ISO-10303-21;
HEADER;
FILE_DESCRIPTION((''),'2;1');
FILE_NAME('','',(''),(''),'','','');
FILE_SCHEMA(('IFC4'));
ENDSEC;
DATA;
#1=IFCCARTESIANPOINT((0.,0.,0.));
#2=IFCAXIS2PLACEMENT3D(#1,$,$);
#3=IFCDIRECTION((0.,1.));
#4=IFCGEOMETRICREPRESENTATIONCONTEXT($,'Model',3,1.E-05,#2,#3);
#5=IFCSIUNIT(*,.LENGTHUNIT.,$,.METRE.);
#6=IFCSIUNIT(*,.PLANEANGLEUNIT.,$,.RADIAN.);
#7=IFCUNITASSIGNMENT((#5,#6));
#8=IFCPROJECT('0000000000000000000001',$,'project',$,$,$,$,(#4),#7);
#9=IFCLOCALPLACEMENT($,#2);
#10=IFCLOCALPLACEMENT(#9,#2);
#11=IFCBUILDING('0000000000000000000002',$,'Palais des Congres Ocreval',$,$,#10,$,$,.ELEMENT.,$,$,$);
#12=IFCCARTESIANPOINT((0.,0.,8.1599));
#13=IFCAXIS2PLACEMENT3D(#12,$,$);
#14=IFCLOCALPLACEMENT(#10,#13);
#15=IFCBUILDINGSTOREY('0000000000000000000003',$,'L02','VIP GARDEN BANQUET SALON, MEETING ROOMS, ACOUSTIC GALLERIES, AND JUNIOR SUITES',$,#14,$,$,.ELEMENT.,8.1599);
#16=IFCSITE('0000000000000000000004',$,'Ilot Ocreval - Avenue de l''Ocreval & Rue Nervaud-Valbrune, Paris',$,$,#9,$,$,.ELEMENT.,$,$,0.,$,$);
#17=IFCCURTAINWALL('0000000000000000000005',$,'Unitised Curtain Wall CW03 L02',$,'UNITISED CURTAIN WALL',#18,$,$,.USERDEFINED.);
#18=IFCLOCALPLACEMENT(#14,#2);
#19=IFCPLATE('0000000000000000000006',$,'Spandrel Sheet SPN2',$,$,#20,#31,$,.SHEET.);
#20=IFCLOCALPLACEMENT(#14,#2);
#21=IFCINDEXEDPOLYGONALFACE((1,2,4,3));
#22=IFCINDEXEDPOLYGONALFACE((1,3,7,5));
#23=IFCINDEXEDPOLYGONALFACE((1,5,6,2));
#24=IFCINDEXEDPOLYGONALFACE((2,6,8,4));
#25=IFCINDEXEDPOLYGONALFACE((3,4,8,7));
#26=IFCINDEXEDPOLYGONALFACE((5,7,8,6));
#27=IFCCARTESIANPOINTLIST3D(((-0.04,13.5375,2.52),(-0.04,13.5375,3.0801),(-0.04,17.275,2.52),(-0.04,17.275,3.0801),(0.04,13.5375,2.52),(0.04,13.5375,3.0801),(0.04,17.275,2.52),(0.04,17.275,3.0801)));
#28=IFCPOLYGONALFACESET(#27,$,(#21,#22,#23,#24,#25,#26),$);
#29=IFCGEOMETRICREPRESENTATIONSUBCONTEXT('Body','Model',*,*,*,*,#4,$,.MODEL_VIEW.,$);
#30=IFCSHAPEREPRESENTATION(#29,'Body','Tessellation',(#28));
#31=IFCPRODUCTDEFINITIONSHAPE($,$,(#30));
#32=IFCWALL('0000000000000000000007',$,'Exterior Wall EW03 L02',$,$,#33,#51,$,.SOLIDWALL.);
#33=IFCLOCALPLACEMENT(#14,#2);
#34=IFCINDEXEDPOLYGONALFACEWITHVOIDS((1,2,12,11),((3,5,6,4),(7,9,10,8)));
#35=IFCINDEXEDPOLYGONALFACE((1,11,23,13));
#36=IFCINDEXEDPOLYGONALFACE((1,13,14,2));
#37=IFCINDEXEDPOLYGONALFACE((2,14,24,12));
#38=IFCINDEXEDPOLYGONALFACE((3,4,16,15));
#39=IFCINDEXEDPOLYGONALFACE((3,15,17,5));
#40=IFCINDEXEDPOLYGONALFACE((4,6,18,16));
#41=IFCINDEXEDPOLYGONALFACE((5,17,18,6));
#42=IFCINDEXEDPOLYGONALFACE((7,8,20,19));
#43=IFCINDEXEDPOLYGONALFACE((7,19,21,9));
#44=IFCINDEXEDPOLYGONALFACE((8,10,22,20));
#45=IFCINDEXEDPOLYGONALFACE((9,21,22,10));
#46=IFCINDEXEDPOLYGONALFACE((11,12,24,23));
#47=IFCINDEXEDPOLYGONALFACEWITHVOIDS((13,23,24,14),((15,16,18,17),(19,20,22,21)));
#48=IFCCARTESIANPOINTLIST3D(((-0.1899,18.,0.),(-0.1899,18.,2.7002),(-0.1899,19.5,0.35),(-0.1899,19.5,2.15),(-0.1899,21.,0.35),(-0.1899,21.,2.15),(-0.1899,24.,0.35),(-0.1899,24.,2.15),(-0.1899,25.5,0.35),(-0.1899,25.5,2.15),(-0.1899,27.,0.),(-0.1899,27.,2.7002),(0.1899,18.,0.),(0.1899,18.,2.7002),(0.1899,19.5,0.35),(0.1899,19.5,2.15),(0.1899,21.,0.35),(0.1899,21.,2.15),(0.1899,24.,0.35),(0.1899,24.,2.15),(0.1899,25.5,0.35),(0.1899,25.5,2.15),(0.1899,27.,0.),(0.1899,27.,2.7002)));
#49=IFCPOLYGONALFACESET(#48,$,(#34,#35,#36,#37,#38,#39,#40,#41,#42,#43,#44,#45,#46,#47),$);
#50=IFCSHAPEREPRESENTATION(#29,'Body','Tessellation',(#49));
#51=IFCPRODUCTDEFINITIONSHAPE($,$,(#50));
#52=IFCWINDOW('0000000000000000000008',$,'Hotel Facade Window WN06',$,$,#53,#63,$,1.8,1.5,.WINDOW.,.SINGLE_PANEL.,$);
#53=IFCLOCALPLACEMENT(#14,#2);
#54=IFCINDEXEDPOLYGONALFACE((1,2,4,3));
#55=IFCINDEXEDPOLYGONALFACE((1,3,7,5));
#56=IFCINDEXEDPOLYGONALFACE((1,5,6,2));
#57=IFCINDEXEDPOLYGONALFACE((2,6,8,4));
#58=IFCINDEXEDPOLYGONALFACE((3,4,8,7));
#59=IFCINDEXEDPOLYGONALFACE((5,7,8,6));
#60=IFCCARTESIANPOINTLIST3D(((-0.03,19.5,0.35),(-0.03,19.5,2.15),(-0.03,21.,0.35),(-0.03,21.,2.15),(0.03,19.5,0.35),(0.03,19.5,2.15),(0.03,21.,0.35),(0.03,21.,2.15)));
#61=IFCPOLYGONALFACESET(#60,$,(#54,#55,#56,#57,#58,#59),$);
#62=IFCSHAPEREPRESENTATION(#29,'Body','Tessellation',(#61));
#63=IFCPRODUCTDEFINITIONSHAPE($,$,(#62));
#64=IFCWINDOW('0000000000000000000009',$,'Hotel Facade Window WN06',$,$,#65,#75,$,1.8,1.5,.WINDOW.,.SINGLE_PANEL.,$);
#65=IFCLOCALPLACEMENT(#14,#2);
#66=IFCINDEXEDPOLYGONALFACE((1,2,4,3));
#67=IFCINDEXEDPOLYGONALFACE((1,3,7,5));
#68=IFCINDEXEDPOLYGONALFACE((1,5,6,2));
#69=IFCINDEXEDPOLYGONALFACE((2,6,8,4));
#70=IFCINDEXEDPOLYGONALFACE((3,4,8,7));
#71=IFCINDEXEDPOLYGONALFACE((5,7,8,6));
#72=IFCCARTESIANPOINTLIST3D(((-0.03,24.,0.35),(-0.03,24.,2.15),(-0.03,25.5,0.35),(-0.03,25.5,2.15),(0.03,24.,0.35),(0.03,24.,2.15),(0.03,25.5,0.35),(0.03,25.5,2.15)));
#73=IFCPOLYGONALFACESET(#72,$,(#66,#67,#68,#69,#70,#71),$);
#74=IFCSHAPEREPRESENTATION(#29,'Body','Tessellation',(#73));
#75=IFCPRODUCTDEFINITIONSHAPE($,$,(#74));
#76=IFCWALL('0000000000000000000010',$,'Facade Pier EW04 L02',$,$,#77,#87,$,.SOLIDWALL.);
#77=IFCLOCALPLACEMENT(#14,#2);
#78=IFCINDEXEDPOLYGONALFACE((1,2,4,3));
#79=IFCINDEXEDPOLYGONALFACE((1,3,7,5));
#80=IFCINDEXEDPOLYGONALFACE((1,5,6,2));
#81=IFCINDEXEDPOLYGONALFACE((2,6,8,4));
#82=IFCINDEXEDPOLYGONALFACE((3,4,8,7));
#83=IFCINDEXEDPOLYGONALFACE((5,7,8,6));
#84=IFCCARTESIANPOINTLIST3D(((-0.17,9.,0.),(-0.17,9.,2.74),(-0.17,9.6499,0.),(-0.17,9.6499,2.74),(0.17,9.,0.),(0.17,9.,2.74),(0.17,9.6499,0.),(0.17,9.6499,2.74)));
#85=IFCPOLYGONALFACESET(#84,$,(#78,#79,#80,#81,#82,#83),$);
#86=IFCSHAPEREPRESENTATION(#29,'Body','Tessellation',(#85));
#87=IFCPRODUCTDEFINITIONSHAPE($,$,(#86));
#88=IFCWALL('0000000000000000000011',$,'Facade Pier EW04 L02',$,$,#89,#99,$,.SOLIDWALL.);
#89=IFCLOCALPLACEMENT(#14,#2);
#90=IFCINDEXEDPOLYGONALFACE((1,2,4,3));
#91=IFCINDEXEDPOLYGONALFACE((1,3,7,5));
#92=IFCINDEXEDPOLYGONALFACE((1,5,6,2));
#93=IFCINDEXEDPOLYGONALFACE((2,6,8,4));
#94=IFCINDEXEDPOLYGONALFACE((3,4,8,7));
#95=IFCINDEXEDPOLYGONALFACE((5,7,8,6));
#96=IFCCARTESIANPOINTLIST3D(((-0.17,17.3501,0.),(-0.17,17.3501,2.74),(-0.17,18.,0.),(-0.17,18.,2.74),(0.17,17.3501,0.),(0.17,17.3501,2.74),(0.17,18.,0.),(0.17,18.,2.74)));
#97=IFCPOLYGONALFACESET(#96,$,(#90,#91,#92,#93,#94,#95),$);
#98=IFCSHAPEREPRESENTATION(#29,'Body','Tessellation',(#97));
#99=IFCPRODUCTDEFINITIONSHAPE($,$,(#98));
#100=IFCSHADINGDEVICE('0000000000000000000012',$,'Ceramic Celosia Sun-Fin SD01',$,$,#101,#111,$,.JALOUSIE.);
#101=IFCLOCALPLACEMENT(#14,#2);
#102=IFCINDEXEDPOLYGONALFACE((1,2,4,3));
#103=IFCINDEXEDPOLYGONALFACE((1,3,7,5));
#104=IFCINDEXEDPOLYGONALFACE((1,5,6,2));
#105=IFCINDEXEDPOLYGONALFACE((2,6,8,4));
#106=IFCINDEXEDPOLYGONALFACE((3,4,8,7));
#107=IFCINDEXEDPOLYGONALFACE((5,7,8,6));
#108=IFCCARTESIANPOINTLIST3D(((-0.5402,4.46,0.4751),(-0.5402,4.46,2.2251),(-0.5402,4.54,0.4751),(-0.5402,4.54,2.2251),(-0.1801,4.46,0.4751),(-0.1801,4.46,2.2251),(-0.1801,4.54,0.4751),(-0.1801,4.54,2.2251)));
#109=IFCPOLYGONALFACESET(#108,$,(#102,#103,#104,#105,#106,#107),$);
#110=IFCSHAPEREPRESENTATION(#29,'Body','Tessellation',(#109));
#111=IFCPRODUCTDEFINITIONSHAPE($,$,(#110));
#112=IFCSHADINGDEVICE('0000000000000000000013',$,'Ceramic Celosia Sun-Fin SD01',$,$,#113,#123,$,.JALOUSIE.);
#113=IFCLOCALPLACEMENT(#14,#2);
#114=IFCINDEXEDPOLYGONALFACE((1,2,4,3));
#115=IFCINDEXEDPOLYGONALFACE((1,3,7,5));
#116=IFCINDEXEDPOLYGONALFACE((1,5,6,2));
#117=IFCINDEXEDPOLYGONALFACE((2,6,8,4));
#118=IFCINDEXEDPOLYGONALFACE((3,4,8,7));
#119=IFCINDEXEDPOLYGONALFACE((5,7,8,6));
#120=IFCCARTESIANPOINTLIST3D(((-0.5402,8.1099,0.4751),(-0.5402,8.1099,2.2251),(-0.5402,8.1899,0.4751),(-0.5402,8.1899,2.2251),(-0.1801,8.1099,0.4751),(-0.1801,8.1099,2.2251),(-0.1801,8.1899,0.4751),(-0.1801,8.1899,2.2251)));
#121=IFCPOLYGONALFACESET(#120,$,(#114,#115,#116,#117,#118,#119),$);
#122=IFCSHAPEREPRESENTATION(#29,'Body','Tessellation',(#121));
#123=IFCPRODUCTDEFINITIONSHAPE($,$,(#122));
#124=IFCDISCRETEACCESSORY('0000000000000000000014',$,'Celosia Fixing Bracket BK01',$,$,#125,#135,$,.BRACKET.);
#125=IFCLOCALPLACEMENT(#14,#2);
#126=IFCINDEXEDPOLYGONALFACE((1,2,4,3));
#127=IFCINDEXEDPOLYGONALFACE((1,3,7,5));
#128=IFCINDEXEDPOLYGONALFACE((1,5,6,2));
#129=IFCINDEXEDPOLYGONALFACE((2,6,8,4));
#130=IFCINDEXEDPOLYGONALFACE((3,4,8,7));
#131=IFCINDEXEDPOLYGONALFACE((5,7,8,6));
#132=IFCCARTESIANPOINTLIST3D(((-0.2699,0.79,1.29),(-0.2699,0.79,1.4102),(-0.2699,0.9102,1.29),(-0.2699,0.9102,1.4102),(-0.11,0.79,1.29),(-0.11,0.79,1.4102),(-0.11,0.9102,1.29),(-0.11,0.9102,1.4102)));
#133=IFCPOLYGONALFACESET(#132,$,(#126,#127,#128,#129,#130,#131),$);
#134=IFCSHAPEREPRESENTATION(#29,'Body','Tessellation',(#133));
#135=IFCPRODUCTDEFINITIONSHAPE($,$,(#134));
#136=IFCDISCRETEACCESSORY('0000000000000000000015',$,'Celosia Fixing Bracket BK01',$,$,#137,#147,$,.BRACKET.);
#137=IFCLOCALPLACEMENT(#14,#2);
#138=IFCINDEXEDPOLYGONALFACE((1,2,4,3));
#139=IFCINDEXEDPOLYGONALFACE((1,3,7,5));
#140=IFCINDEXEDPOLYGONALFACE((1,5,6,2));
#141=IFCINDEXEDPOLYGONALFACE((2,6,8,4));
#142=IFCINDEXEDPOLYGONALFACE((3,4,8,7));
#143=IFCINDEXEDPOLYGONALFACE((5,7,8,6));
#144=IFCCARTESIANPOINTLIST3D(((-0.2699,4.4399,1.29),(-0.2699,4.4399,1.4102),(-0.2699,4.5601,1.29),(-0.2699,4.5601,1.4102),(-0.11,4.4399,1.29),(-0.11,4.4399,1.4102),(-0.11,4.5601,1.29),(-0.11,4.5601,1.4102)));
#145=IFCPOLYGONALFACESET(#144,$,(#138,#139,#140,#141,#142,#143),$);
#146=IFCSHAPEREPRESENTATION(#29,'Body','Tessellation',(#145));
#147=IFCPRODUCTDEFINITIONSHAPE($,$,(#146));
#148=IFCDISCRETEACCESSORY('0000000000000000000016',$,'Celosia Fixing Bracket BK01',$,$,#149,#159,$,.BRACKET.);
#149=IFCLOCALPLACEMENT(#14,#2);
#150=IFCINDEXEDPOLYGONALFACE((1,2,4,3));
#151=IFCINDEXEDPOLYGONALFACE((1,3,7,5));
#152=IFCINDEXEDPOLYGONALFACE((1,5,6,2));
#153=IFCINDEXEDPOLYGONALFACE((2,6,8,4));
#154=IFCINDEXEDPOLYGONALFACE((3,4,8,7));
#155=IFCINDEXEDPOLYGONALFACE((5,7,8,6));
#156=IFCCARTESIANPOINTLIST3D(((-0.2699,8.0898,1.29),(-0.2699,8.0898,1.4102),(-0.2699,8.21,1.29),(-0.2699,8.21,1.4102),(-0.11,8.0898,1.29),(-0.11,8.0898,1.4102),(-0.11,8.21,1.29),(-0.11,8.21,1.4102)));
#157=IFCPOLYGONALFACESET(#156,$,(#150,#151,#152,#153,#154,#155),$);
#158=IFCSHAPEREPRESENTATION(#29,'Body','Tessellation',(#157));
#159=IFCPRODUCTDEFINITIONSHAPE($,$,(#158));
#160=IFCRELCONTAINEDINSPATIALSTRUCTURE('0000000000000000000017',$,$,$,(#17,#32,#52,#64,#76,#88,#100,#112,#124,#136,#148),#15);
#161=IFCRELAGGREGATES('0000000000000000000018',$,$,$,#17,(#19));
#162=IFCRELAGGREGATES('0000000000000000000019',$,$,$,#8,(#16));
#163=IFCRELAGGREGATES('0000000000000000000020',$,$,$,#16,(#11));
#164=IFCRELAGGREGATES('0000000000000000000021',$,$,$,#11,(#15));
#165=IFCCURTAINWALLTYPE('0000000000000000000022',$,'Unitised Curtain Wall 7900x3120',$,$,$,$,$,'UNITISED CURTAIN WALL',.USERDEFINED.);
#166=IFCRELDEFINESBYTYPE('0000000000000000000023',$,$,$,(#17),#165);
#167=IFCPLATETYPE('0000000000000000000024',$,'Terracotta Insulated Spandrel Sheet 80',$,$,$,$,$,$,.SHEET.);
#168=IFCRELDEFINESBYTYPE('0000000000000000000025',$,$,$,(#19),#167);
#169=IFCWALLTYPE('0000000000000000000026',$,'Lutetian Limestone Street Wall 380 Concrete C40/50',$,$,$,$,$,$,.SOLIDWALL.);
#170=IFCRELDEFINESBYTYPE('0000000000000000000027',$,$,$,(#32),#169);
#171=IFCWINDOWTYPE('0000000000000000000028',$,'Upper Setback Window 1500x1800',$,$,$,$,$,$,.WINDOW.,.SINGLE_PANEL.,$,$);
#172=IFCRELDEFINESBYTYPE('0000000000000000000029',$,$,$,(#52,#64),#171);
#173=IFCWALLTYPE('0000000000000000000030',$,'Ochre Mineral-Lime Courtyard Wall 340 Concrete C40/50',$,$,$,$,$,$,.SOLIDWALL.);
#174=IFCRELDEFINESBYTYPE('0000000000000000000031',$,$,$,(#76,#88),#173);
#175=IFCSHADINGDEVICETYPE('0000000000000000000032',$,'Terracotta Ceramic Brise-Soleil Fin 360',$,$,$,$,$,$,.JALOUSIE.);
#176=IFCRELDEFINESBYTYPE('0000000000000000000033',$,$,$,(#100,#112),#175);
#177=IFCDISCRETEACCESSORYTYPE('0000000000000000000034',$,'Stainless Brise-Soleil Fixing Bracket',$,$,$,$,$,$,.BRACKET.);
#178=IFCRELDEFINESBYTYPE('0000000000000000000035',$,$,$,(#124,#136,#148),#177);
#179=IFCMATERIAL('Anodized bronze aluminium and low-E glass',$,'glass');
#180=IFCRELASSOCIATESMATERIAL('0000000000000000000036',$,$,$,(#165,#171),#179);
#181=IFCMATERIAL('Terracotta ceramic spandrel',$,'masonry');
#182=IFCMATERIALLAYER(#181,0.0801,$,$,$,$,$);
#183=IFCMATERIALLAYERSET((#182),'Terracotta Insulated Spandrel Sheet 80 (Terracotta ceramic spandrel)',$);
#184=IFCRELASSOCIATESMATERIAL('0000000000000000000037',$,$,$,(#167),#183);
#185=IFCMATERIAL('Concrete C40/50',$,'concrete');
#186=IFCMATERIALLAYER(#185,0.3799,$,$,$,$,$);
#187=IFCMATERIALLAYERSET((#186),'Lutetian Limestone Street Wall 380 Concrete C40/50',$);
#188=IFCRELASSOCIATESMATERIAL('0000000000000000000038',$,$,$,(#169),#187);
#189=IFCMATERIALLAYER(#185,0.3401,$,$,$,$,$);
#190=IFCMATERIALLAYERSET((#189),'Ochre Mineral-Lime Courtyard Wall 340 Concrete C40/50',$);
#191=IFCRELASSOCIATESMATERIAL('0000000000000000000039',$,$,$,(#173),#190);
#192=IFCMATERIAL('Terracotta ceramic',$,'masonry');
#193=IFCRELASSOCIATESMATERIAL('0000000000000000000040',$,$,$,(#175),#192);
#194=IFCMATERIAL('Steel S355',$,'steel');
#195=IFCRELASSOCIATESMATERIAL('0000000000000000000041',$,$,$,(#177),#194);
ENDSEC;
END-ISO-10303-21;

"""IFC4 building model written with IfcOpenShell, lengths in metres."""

from ifc_helpers import new_model, si_unit, direction, frame, frame_2d, origin, origin_2d, place, context, subcontext, project, spatial, rectangle, extrude, material, layer, layer_set, type_object, element, fill, aggregate, save


model = new_model("IFC4")

# Units and contexts
model_context = context("Model", 3, precision=1e-05, world=origin(), true_north=direction((0.0, 1.0)))
body_context = subcontext(model_context, "Body", "Model", "MODEL_VIEW")
ifc_project = project(units=[si_unit("LENGTHUNIT", "METRE"), si_unit("PLANEANGLEUNIT", "RADIAN")], contexts=[model_context])

# Site, building, storey
site_placement = place(None, origin())
site = spatial("IfcSite", under=ifc_project, at=site_placement, Name="Ilot Ocreval - Avenue de l'Ocreval & Rue Nervaud-Valbrune, Paris", CompositionType="ELEMENT", RefElevation=0.0)
building_placement = place(site_placement, origin())
building = spatial("IfcBuilding", under=site, at=building_placement, Name="Palais des Congres Ocreval", CompositionType="ELEMENT")
storey_placement = place(building_placement, frame((0.0, 0.0, 8.1599)))
storey = spatial("IfcBuildingStorey", under=building, at=storey_placement, Name="L02", Description="VIP GARDEN BANQUET SALON, MEETING ROOMS, ACOUSTIC GALLERIES, AND JUNIOR SUITES", CompositionType="ELEMENT", Elevation=8.1599)

# Shared definitions
ifc_material_1 = material(Name="Steel S355", Category="steel")

# Curtain wall
ifc_material_2 = material(Name="Anodized bronze aluminium and low-E glass", Category="glass")
curtain_wall_type = type_object("IfcCurtainWallType", Name="Unitised Curtain Wall 7900x3120", ElementType="UNITISED CURTAIN WALL", PredefinedType="USERDEFINED", material=ifc_material_2)
curtain_wall_placement = place(storey_placement, origin())
curtain_wall = element("IfcCurtainWall", 1, at=curtain_wall_placement, inside=storey, type_object=curtain_wall_type, Name="Unitised Curtain Wall CW03 L02", ObjectType="UNITISED CURTAIN WALL", PredefinedType="USERDEFINED")

# Plate
ifc_material_3 = material(Name="Terracotta ceramic spandrel", Category="masonry")
ifc_layer_1 = layer(ifc_material_3, 0.0801)
ifc_layer_set_1 = layer_set([ifc_layer_1], Name="Terracotta Insulated Spandrel Sheet 80 (Terracotta ceramic spandrel)")
plate_type_1 = type_object("IfcPlateType", Name="Terracotta Insulated Spandrel Sheet 80", PredefinedType="SHEET", material=ifc_layer_set_1)
plate_1_placement = place(storey_placement, frame((0.0, 15.4062, 2.52), z_axis=(0.0, 0.0, 1.0), x_axis=(0.0, 1.0, 0.0)))
plate_1 = element("IfcPlate", 2, at=plate_1_placement, type_object=plate_type_1, Name="Spandrel Sheet SPN2", PredefinedType="SHEET", context=body_context, shape_type="SweptSolid", body=[
    extrude(rectangle(XDim=3.7375, YDim=0.0801, at=origin_2d()), origin(), (0.0, 0.0, 1.0), 0.5601),
])
aggregate(curtain_wall, [plate_1])

# Wall, openings, windows
ifc_material_4 = material(Name="Concrete C40/50", Category="concrete")
ifc_layer_2 = layer(ifc_material_4, 0.3799)
ifc_layer_set_2 = layer_set([ifc_layer_2], Name="Lutetian Limestone Street Wall 380 Concrete C40/50")
wall_type_1 = type_object("IfcWallType", Name="Lutetian Limestone Street Wall 380 Concrete C40/50", PredefinedType="SOLIDWALL", material=ifc_layer_set_2)
wall_placement = place(storey_placement, frame((0.0, 18.0, 0.0), z_axis=(0.0, 0.0, 1.0), x_axis=(0.0, 1.0, 0.0)))
wall = element("IfcWall", 3, at=wall_placement, inside=storey, type_object=wall_type_1, Name="Exterior Wall EW03 L02", PredefinedType="SOLIDWALL", context=body_context, shape_type="SweptSolid", body=[
    extrude(rectangle(XDim=9.0, YDim=0.3799, at=frame_2d((4.5, 0.0))), origin(), (0.0, 0.0, 1.0), 2.7002),
])
opening_1_placement = place(wall_placement, frame((1.5, 0.0, 0.3501)))
opening_1 = element("IfcOpeningElement", 4, at=opening_1_placement, cuts=wall, PredefinedType="OPENING", context=body_context, shape_type="SweptSolid", body=[
    extrude(rectangle(XDim=1.5, YDim=1.8, at=frame_2d((0.75, 0.8999))), frame((0.0, 0.2, 0.0), z_axis=(0.0, -1.0, 0.0), x_axis=(1.0, 0.0, 0.0)), (0.0, 0.0, 1.0), 0.3999),
])
opening_2_placement = place(wall_placement, frame((6.0, 0.0, 0.3501)))
opening_2 = element("IfcOpeningElement", 5, at=opening_2_placement, cuts=wall, PredefinedType="OPENING", context=body_context, shape_type="SweptSolid", body=[
    extrude(rectangle(XDim=1.5, YDim=1.8, at=frame_2d((0.75, 0.8999))), frame((0.0, 0.2, 0.0), z_axis=(0.0, -1.0, 0.0), x_axis=(1.0, 0.0, 0.0)), (0.0, 0.0, 1.0), 0.3999),
])
window_type = type_object("IfcWindowType", Name="Upper Setback Window 1500x1800", PartitioningType="SINGLE_PANEL", PredefinedType="WINDOW", material=ifc_material_2)
window_1_placement = place(opening_1_placement, origin())
window_1 = element("IfcWindow", 6, at=window_1_placement, inside=storey, type_object=window_type, Name="Hotel Facade Window WN06", OverallHeight=1.8, OverallWidth=1.5, PartitioningType="SINGLE_PANEL", PredefinedType="WINDOW", context=body_context, shape_type="SweptSolid", body=[
    extrude(rectangle(XDim=1.5, YDim=1.8, at=frame_2d((0.75, 0.8999))), frame((0.0, 0.03, 0.0), z_axis=(0.0, -1.0, 0.0), x_axis=(1.0, 0.0, 0.0)), (0.0, 0.0, 1.0), 0.0601),
])
fill(opening_1, window_1)
window_2_placement = place(opening_2_placement, origin())
window_2 = element("IfcWindow", 7, at=window_2_placement, inside=storey, type_object=window_type, Name="Hotel Facade Window WN06", OverallHeight=1.8, OverallWidth=1.5, PartitioningType="SINGLE_PANEL", PredefinedType="WINDOW", context=body_context, shape_type="SweptSolid", body=[
    extrude(rectangle(XDim=1.5, YDim=1.8, at=frame_2d((0.75, 0.8999))), frame((0.0, 0.03, 0.0), z_axis=(0.0, -1.0, 0.0), x_axis=(1.0, 0.0, 0.0)), (0.0, 0.0, 1.0), 0.0601),
])
fill(opening_2, window_2)

# Walls
ifc_layer_3 = layer(ifc_material_4, 0.3401)
ifc_layer_set_3 = layer_set([ifc_layer_3], Name="Ochre Mineral-Lime Courtyard Wall 340 Concrete C40/50")
wall_type_2 = type_object("IfcWallType", Name="Ochre Mineral-Lime Courtyard Wall 340 Concrete C40/50", PredefinedType="SOLIDWALL", material=ifc_layer_set_3)
for number, where, z_axis, x_axis, name in (
    (8, (0.0, 9.0, 0.0), (0.0, 0.0, 1.0), (0.0, 1.0, 0.0), "Facade Pier EW04 L02"),
    (9, (0.0, 17.3501, 0.0), (0.0, 0.0, 1.0), (0.0, 1.0, 0.0), "Facade Pier EW04 L02"),
):
    element("IfcWall", number, at=place(storey_placement, frame(where, z_axis=z_axis, x_axis=x_axis)), inside=storey, type_object=wall_type_2, Name=name, PredefinedType="SOLIDWALL", context=body_context, shape_type="SweptSolid", body=[
        extrude(rectangle(XDim=0.6499, YDim=0.3401, at=frame_2d((0.325, 0.0))), origin(), (0.0, 0.0, 1.0), 2.74),
    ])

# Shading devices
ifc_material_5 = material(Name="Terracotta ceramic", Category="masonry")
shading_device_type = type_object("IfcShadingDeviceType", Name="Terracotta Ceramic Brise-Soleil Fin 360", PredefinedType="JALOUSIE", material=ifc_material_5)
for number, where, z_axis, x_axis, name in (
    (10, (-0.3601, 4.5, 0.4751), (0.0, 0.0, 1.0), (-1.0, 0.0, 0.0), "Ceramic Celosia Sun-Fin SD01"),
    (11, (-0.3601, 8.1499, 0.4751), (0.0, 0.0, 1.0), (-1.0, 0.0, 0.0), "Ceramic Celosia Sun-Fin SD01"),
):
    element("IfcShadingDevice", number, at=place(storey_placement, frame(where, z_axis=z_axis, x_axis=x_axis)), inside=storey, type_object=shading_device_type, Name=name, PredefinedType="JALOUSIE", context=body_context, shape_type="SweptSolid", body=[
        extrude(rectangle(XDim=0.3601, YDim=0.0801, at=origin_2d()), origin(), (0.0, 0.0, 1.0), 1.75),
    ])

# Discrete accessories
discrete_accessory_type = type_object("IfcDiscreteAccessoryType", Name="Stainless Brise-Soleil Fixing Bracket", PredefinedType="BRACKET", material=ifc_material_1)
for number, where, z_axis, x_axis, name in (
    (12, (-0.1899, 0.8501, 1.29), (0.0, 0.0, 1.0), (-1.0, 0.0, 0.0), "Celosia Fixing Bracket BK01"),
    (13, (-0.1899, 4.5, 1.29), (0.0, 0.0, 1.0), (-1.0, 0.0, 0.0), "Celosia Fixing Bracket BK01"),
    (14, (-0.1899, 8.1499, 1.29), (0.0, 0.0, 1.0), (-1.0, 0.0, 0.0), "Celosia Fixing Bracket BK01"),
):
    element("IfcDiscreteAccessory", number, at=place(storey_placement, frame(where, z_axis=z_axis, x_axis=x_axis)), inside=storey, type_object=discrete_accessory_type, Name=name, PredefinedType="BRACKET", context=body_context, shape_type="SweptSolid", body=[
        extrude(rectangle(XDim=0.1599, YDim=0.1201, at=origin_2d()), origin(), (0.0, 0.0, 1.0), 0.1201),
    ])

save(model, "model.ifc")
